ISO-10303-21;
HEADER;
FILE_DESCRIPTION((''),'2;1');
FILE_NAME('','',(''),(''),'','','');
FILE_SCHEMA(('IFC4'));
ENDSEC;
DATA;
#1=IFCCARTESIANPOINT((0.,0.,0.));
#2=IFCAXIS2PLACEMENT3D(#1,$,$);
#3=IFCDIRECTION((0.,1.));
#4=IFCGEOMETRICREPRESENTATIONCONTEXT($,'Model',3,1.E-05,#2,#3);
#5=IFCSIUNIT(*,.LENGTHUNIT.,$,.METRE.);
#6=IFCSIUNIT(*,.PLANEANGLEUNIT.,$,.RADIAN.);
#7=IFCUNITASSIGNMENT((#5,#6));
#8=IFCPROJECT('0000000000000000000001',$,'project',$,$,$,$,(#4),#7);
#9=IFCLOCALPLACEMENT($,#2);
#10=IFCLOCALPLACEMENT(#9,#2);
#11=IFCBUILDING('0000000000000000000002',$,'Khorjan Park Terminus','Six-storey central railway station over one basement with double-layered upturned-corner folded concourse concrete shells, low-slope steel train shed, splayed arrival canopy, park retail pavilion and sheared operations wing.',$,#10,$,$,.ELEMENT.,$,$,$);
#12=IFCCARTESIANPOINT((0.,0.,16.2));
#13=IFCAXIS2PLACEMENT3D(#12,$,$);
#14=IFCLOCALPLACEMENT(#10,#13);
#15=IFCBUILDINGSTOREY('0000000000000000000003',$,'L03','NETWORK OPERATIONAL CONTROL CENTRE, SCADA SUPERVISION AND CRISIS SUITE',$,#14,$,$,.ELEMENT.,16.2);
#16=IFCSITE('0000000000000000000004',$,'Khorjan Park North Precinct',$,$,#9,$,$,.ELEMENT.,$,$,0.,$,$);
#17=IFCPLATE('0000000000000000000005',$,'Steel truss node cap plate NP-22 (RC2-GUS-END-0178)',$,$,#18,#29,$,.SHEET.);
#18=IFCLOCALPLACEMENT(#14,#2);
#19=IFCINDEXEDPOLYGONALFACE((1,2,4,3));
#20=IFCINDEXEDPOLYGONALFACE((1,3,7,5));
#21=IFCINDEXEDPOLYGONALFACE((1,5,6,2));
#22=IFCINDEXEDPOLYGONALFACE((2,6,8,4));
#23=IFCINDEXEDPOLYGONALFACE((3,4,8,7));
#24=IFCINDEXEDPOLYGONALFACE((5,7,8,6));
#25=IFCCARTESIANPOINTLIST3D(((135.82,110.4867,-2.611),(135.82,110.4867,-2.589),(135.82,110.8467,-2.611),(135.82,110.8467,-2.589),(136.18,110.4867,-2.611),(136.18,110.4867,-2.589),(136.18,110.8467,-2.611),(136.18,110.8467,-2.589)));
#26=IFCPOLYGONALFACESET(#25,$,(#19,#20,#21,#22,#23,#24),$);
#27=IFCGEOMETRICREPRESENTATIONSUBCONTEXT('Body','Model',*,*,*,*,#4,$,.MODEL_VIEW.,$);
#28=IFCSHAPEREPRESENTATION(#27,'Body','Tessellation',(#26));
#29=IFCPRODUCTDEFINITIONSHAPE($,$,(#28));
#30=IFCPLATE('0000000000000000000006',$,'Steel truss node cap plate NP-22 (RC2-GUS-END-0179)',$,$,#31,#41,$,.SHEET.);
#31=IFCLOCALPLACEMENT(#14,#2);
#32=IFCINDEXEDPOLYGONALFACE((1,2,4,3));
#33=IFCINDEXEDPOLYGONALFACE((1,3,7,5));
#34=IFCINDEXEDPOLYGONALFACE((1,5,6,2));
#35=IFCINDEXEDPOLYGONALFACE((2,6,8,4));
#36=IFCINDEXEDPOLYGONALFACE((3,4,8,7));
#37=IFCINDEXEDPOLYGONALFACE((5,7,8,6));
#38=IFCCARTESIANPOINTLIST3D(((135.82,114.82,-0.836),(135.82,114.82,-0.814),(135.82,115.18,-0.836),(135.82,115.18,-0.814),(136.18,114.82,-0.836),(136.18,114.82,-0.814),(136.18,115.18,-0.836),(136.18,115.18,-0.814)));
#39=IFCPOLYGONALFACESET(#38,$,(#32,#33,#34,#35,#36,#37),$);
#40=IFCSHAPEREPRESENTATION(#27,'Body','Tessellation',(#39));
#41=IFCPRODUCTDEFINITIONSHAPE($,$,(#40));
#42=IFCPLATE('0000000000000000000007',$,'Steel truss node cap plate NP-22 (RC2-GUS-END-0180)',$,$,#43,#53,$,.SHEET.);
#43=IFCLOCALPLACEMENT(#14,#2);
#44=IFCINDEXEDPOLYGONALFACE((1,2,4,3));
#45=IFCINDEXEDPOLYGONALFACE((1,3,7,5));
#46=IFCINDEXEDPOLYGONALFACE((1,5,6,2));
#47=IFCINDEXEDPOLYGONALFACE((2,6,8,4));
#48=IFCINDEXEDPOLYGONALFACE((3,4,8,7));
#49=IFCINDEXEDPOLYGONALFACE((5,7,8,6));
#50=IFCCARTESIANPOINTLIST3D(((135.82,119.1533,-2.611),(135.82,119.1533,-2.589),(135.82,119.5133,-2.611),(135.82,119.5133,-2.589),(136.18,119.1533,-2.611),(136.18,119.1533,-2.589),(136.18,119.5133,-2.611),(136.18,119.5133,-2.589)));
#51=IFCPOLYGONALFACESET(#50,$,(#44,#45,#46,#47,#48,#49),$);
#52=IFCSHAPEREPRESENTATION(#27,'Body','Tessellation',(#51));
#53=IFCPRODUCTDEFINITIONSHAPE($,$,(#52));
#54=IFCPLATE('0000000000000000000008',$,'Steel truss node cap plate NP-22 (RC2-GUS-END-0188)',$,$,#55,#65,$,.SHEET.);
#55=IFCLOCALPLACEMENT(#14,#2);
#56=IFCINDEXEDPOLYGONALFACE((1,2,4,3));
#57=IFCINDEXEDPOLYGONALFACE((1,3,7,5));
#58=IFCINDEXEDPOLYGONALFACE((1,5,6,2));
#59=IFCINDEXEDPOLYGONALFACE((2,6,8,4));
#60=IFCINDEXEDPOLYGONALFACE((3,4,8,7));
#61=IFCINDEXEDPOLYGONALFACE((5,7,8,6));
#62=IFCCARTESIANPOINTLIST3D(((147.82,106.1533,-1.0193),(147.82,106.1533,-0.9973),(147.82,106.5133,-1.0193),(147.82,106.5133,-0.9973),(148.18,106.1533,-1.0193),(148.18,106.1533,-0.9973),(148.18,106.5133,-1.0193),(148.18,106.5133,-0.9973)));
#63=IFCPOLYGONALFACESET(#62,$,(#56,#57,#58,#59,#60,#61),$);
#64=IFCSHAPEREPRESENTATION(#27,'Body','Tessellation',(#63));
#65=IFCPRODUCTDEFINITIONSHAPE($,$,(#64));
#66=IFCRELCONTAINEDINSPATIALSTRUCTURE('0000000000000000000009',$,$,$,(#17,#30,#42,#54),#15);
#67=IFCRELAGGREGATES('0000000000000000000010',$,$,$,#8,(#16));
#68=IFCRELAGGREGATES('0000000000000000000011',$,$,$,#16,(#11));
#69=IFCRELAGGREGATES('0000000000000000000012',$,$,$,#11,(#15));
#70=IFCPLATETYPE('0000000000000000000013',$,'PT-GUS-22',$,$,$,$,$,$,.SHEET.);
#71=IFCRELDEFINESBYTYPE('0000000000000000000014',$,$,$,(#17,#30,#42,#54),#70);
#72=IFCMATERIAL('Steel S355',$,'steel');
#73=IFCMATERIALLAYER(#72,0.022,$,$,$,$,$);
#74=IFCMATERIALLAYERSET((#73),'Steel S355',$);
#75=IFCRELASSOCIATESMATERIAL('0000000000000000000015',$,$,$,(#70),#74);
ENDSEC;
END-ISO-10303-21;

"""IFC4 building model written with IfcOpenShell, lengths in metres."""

from ifc_helpers import new_model, si_unit, direction, frame, origin, origin_2d, place, context, subcontext, project, spatial, rectangle, extrude, material, layer, layer_set, type_object, element, save


model = new_model("IFC4")

# Units and contexts
model_context = context("Model", 3, precision=1e-05, world=origin(), true_north=direction((0.0, 1.0)))
body_context = subcontext(model_context, "Body", "Model", "MODEL_VIEW")
ifc_project = project(units=[si_unit("LENGTHUNIT", "METRE"), si_unit("PLANEANGLEUNIT", "RADIAN")], contexts=[model_context])

# Site, building, storey
site_placement = place(None, origin())
site = spatial("IfcSite", under=ifc_project, at=site_placement, Name="Khorjan Park North Precinct", CompositionType="ELEMENT", RefElevation=0.0)
building_placement = place(site_placement, origin())
building = spatial("IfcBuilding", under=site, at=building_placement, Name="Khorjan Park Terminus", Description="Six-storey central railway station over one basement with double-layered upturned-corner folded concourse concrete shells, low-slope steel train shed, splayed arrival canopy, park retail pavilion and sheared operations wing.", CompositionType="ELEMENT")
storey_placement = place(building_placement, frame((0.0, 0.0, 16.2)))
storey = spatial("IfcBuildingStorey", under=building, at=storey_placement, Name="L03", Description="NETWORK OPERATIONAL CONTROL CENTRE, SCADA SUPERVISION AND CRISIS SUITE", CompositionType="ELEMENT", Elevation=16.2)

# Shared definitions
ifc_material = material(Name="Steel S355", Category="steel")

# Plates
ifc_layer = layer(ifc_material, 0.022)
ifc_layer_set = layer_set([ifc_layer], Name="Steel S355")
plate_type = type_object("IfcPlateType", Name="PT-GUS-22", PredefinedType="SHEET", material=ifc_layer_set)
for number, where, z_axis, x_axis, name in (
    (1, (136.0, 110.6667, -2.611), (0.0, 0.0, 1.0), (1.0, 0.0, 0.0), "Steel truss node cap plate NP-22 (RC2-GUS-END-0178)"),
    (2, (136.0, 115.0, -0.836), (0.0, 0.0, 1.0), (1.0, 0.0, 0.0), "Steel truss node cap plate NP-22 (RC2-GUS-END-0179)"),
    (3, (136.0, 119.3333, -2.611), (0.0, 0.0, 1.0), (1.0, 0.0, 0.0), "Steel truss node cap plate NP-22 (RC2-GUS-END-0180)"),
    (4, (148.0, 106.3333, -1.0193), (0.0, 0.0, 1.0), (1.0, 0.0, 0.0), "Steel truss node cap plate NP-22 (RC2-GUS-END-0188)"),
):
    element("IfcPlate", number, at=place(storey_placement, frame(where, z_axis=z_axis, x_axis=x_axis)), inside=storey, type_object=plate_type, Name=name, PredefinedType="SHEET", context=body_context, shape_type="SweptSolid", body=[
        extrude(rectangle(XDim=0.36, YDim=0.36, at=origin_2d()), origin(), (0.0, 0.0, 1.0), 0.022),
    ])

save(model, "model.ifc")
